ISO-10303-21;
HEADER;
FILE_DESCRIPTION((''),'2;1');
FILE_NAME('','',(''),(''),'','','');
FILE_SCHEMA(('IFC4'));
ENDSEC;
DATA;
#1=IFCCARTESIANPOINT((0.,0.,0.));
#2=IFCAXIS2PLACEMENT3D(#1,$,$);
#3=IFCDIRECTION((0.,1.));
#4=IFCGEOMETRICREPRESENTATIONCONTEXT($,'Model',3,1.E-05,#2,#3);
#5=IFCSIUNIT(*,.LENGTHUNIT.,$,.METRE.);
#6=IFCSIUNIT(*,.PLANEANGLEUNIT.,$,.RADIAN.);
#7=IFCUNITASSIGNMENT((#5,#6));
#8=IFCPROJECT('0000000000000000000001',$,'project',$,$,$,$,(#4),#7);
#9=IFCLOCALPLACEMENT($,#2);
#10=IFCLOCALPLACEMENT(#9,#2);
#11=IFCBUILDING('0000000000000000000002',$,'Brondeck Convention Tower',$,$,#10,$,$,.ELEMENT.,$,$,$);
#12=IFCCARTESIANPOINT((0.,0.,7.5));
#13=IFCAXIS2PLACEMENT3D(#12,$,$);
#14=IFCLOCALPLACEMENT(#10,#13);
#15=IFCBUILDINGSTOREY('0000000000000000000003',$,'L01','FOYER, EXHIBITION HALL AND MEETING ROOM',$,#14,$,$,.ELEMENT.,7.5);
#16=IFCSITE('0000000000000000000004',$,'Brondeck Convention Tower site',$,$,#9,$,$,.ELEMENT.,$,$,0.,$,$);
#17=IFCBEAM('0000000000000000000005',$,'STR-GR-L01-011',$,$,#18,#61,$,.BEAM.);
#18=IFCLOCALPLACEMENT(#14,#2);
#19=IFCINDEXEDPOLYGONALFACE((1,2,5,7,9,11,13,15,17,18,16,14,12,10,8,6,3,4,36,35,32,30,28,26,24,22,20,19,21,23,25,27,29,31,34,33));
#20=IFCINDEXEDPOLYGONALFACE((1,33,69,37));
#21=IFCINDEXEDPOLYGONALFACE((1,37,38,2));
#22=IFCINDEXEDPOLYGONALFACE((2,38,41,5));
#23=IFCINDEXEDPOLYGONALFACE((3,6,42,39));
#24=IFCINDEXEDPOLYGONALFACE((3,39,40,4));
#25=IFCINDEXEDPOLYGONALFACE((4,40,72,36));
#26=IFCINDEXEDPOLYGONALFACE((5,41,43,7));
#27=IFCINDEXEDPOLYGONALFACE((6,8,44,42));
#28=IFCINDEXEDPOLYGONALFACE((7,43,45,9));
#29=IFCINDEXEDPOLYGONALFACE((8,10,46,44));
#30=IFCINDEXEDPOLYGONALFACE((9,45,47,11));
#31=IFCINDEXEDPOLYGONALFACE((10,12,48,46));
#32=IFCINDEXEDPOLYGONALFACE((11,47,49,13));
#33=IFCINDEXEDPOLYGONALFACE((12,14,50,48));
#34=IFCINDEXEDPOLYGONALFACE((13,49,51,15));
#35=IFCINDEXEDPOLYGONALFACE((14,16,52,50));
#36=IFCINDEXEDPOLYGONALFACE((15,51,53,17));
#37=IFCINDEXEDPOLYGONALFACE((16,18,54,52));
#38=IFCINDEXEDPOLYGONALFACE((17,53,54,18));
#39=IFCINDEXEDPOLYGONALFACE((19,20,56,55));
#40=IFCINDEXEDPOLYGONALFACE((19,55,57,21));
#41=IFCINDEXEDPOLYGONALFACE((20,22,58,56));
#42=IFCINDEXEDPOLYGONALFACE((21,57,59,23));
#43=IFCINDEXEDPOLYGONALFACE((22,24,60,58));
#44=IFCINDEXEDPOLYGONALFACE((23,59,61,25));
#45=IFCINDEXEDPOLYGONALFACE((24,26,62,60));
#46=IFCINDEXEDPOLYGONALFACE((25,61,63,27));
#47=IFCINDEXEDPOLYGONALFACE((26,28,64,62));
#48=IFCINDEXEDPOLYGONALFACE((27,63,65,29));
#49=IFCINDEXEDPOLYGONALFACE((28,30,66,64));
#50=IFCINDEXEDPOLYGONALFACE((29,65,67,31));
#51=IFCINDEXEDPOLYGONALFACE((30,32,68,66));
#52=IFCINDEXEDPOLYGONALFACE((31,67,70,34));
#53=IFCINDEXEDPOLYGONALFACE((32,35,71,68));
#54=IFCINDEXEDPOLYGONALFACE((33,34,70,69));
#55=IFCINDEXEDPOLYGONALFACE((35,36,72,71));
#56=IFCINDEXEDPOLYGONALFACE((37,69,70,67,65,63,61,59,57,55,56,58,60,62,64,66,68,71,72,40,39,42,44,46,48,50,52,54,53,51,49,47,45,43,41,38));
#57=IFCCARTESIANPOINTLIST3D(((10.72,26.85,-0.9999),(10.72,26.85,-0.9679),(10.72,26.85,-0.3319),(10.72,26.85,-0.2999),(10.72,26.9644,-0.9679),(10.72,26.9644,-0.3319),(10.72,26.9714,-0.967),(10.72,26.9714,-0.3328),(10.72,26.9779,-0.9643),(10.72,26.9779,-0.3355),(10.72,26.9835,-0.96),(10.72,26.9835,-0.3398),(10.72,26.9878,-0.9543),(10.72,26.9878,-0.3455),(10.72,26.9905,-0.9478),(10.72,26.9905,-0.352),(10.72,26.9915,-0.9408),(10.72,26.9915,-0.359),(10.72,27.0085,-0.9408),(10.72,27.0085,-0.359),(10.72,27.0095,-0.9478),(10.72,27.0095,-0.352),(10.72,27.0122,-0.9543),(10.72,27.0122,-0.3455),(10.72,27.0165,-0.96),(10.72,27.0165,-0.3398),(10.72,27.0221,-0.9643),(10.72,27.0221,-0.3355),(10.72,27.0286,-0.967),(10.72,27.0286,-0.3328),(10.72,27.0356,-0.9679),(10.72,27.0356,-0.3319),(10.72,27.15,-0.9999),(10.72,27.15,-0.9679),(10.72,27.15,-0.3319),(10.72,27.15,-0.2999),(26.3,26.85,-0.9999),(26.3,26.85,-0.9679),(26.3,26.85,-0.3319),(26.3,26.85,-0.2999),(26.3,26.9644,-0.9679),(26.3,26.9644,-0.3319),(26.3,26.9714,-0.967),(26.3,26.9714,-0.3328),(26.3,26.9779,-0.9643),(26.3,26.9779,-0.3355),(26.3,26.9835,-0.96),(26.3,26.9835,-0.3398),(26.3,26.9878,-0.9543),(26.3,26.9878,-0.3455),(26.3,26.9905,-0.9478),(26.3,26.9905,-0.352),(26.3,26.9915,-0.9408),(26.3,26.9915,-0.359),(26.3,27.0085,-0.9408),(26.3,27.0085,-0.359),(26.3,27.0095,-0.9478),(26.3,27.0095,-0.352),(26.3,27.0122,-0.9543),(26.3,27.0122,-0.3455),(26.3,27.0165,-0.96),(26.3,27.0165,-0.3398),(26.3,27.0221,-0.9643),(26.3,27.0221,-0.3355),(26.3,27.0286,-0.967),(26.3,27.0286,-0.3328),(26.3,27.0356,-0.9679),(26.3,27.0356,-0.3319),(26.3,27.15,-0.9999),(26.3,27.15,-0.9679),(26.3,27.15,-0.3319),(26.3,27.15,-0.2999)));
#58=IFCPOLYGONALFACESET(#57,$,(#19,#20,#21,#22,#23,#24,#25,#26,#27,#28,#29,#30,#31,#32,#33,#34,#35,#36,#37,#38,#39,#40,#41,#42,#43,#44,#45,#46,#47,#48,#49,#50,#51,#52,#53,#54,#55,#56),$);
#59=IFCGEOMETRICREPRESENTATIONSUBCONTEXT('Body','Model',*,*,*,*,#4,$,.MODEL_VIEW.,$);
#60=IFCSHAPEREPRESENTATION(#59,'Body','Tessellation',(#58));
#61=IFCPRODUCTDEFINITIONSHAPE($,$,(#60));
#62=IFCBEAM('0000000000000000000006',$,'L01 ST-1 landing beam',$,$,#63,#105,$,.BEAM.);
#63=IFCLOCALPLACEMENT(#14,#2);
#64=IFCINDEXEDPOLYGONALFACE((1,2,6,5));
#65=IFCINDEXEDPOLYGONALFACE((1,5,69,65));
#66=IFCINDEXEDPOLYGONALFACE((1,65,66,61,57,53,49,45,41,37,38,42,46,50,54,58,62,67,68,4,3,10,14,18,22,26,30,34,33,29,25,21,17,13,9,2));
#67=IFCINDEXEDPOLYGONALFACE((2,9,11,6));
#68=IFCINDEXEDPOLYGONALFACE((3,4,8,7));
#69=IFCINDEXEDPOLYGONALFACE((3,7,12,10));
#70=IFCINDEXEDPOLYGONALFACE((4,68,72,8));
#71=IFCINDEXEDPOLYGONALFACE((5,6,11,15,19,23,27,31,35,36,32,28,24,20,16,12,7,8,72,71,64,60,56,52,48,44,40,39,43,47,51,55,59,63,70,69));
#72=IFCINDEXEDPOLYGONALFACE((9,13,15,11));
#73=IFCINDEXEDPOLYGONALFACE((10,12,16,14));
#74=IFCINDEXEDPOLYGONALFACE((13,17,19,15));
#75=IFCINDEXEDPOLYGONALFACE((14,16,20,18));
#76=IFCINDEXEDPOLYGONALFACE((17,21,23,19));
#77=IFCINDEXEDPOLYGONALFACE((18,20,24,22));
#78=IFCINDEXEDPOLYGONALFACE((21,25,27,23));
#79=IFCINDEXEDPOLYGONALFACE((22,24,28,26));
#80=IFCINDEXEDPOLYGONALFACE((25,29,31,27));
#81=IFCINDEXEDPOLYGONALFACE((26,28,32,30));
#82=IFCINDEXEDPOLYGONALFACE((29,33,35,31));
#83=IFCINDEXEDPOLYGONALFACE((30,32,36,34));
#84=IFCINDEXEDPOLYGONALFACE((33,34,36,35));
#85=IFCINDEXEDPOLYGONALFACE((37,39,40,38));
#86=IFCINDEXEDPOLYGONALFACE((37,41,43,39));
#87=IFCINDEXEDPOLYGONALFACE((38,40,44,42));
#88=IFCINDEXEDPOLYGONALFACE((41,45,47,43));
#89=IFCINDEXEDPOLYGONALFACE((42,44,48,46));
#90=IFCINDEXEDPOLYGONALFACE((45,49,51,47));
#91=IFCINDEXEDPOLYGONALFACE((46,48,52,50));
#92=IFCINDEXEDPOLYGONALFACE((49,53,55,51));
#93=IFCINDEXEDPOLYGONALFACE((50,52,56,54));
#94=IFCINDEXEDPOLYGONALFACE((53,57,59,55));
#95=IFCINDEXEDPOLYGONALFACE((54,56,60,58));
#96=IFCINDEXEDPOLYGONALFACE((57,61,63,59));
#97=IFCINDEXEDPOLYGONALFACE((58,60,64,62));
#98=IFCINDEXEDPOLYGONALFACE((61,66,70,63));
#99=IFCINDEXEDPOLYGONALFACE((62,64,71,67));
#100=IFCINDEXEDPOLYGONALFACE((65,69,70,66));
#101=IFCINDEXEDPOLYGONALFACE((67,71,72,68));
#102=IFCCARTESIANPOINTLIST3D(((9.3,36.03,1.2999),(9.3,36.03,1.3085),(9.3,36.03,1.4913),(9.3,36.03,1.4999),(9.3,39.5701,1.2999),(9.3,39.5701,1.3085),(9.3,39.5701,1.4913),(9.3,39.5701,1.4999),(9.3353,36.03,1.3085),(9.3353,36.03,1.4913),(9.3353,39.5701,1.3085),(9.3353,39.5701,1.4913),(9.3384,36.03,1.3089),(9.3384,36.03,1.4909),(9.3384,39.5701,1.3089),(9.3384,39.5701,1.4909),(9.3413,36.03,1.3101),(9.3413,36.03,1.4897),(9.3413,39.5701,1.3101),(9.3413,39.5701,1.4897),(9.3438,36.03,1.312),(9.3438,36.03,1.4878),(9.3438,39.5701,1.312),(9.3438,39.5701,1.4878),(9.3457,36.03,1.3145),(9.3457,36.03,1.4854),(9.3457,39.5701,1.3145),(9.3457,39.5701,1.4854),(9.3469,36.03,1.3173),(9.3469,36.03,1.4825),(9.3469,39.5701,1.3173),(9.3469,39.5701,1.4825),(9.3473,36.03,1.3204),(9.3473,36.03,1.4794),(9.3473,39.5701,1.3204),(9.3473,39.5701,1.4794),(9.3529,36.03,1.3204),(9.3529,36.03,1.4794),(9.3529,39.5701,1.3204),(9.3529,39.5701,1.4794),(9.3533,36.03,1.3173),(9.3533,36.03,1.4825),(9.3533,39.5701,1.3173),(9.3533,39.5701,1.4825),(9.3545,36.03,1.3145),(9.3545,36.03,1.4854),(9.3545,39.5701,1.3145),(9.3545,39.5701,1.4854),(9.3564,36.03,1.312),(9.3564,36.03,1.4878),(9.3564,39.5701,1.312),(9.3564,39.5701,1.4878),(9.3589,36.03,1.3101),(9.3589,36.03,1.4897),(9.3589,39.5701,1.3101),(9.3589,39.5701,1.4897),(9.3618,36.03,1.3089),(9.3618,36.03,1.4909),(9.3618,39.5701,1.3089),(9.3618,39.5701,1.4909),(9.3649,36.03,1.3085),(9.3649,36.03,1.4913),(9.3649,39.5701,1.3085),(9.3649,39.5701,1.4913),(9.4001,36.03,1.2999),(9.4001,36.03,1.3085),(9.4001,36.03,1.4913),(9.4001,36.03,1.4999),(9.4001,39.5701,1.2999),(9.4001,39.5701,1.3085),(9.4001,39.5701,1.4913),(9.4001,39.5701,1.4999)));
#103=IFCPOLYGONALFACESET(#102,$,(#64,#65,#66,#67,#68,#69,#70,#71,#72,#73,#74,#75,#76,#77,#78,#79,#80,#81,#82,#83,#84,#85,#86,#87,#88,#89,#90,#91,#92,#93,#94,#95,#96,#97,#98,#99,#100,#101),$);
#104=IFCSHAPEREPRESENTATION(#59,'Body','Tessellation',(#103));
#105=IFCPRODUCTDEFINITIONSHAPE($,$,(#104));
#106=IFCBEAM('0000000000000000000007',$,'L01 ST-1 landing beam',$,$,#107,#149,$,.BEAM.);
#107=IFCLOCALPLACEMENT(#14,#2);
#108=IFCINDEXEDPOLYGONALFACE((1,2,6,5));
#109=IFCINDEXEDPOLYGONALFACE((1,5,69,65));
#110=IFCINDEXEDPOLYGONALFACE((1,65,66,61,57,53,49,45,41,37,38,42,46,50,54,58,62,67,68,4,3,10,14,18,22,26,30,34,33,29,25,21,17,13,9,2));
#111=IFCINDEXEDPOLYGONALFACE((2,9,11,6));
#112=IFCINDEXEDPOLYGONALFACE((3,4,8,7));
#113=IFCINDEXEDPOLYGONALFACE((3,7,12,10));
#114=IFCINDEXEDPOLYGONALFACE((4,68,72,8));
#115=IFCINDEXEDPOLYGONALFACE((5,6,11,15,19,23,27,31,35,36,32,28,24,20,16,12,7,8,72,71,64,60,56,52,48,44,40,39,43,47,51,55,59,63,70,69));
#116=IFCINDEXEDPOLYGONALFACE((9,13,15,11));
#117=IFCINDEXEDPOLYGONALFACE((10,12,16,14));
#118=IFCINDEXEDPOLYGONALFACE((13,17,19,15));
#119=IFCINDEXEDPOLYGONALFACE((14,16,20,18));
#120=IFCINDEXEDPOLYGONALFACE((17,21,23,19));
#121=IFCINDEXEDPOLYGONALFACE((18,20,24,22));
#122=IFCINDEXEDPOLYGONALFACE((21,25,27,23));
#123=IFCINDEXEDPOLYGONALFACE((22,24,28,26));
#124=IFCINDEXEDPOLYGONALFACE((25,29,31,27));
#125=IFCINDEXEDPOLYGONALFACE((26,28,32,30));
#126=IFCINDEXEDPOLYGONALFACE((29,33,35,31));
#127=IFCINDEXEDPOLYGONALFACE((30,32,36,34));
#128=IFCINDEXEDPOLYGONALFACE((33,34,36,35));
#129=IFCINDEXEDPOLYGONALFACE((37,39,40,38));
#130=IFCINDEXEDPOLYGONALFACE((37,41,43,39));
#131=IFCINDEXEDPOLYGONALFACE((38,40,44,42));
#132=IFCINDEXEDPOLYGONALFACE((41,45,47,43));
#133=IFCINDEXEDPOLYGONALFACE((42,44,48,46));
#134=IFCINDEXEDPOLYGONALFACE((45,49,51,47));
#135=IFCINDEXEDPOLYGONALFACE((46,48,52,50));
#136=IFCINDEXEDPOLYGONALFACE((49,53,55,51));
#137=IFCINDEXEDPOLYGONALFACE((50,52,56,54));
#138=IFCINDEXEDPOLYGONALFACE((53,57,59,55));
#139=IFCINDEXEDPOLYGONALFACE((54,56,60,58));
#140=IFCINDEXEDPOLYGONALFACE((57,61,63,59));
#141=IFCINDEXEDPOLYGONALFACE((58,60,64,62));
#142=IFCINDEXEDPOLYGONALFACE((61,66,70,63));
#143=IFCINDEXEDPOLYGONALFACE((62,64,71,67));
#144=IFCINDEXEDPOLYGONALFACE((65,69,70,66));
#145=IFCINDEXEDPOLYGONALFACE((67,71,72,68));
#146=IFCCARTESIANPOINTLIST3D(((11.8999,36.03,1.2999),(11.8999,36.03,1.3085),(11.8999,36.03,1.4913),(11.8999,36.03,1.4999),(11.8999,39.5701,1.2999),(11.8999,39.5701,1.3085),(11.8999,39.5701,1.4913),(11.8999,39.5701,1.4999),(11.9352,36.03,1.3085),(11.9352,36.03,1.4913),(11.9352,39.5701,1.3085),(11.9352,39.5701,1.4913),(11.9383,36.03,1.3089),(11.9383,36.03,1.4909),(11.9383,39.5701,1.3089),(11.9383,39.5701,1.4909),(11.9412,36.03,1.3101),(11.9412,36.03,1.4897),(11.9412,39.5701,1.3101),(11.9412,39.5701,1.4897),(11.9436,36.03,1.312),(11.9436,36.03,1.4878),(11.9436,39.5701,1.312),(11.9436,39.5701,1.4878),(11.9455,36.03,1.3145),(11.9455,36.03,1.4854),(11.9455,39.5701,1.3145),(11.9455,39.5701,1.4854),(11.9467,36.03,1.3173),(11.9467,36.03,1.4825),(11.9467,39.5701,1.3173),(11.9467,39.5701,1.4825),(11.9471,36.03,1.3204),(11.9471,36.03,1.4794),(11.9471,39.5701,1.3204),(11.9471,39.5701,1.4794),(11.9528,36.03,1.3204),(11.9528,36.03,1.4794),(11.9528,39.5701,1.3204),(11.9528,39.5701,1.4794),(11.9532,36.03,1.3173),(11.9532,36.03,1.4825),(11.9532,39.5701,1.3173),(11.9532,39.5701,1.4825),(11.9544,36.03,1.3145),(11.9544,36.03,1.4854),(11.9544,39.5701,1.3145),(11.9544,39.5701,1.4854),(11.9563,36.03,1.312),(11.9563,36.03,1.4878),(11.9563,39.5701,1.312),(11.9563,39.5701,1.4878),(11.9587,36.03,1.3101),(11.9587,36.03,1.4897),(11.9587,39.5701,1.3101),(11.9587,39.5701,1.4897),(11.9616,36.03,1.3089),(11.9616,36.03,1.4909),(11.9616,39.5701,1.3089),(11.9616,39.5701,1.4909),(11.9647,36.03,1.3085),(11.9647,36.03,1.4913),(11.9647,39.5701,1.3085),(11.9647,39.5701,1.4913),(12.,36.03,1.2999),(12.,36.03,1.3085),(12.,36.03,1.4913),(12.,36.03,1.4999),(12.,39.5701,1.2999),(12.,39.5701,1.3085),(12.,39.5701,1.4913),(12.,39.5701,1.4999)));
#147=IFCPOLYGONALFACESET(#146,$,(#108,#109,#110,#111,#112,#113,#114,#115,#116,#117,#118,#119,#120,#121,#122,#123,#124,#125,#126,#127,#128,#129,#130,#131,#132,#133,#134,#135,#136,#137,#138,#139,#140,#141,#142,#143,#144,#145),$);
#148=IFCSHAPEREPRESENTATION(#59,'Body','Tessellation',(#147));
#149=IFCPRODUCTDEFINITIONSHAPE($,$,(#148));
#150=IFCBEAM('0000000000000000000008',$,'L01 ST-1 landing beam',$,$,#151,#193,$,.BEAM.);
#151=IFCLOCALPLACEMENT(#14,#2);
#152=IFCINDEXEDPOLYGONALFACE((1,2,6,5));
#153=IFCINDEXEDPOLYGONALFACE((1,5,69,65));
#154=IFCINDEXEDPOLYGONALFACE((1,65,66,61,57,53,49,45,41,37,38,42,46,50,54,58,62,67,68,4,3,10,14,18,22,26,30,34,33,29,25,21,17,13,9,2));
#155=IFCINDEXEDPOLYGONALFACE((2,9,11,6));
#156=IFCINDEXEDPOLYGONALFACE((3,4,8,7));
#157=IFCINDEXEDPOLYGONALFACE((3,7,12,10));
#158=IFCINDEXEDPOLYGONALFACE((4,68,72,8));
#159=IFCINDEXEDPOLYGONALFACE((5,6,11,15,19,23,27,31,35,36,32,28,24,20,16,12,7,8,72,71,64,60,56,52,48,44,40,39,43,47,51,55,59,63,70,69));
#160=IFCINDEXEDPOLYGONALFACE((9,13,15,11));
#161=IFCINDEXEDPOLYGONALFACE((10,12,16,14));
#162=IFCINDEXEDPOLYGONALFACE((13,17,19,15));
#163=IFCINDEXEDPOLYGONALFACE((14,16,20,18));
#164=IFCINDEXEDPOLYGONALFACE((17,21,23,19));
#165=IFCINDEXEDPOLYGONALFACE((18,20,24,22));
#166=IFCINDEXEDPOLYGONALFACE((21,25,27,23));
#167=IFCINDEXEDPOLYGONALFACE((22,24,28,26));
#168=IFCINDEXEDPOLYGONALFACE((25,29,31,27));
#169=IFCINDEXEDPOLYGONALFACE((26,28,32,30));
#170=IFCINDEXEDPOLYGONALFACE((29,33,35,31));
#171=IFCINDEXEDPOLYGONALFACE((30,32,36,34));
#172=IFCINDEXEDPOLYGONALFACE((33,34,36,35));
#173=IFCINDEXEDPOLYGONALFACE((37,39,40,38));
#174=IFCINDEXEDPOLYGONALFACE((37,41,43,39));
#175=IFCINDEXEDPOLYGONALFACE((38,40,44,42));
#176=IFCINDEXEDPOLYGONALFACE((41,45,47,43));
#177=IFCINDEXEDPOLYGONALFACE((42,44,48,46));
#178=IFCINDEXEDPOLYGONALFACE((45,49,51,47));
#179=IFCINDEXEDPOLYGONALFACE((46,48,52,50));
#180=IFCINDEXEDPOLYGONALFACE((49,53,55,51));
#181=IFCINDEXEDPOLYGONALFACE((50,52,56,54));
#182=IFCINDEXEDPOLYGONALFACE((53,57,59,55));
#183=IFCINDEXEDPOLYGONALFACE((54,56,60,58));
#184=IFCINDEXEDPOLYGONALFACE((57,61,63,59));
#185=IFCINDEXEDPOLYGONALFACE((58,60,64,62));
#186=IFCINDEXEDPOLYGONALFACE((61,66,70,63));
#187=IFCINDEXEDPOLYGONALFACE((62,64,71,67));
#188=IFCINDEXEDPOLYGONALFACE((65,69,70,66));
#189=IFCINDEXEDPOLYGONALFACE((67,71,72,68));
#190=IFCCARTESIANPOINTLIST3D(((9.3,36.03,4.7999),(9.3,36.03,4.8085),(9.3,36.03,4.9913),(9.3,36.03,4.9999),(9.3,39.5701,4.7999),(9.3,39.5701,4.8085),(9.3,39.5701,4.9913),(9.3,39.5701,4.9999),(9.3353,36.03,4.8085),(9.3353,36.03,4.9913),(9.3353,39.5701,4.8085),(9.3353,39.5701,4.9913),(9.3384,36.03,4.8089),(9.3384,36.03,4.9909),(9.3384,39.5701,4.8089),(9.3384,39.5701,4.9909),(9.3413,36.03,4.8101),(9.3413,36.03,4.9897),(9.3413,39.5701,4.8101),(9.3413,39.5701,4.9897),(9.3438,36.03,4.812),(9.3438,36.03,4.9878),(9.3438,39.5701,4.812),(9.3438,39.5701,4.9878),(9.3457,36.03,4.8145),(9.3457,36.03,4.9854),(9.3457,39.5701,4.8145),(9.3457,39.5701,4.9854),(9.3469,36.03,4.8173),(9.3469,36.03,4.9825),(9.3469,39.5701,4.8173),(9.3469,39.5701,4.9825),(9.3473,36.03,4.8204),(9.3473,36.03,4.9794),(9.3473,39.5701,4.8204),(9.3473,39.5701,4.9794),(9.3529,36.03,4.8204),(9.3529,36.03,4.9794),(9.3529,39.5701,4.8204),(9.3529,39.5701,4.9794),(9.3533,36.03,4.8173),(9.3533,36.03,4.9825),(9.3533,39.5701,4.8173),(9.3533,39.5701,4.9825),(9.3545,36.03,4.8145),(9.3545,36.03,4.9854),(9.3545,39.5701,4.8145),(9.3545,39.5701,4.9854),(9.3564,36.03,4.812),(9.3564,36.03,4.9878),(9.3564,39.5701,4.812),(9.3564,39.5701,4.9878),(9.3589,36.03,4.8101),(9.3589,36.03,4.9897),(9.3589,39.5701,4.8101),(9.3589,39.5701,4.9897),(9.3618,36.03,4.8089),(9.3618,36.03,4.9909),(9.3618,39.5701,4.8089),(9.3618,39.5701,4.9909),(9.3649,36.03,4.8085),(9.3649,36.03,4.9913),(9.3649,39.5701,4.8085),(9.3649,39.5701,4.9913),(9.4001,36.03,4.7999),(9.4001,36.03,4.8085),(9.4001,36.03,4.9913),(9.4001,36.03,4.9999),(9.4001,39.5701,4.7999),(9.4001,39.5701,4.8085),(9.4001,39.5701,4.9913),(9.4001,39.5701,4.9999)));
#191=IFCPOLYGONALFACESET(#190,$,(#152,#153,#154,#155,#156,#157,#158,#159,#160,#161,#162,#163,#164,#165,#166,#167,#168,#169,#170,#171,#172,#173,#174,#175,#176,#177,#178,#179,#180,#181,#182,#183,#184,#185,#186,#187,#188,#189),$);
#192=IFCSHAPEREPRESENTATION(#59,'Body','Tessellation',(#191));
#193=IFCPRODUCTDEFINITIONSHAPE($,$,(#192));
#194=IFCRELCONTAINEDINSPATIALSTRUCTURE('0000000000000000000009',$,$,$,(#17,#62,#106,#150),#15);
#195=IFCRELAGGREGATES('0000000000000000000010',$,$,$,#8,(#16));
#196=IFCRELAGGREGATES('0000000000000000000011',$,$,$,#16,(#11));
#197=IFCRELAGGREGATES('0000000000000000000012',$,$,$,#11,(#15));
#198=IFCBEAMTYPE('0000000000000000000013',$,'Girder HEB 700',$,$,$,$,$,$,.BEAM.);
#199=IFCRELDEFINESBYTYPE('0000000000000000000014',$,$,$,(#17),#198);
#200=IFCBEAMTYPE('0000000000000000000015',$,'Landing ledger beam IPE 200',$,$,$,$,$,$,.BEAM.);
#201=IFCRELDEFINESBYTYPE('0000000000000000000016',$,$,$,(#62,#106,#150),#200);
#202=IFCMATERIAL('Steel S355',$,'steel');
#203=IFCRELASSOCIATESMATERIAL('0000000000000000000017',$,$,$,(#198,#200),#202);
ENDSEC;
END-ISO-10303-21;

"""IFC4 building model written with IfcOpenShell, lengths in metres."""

from ifc_helpers import new_model, si_unit, direction, frame, origin, origin_2d, place, context, subcontext, project, spatial, i_section, extrude, material, material_profile, profile_set, type_object, element, save


model = new_model("IFC4")

# Units and contexts
model_context = context("Model", 3, precision=1e-05, world=origin(), true_north=direction((0.0, 1.0)))
body_context = subcontext(model_context, "Body", "Model", "MODEL_VIEW")
ifc_project = project(units=[si_unit("LENGTHUNIT", "METRE"), si_unit("PLANEANGLEUNIT", "RADIAN")], contexts=[model_context])

# Site, building, storey
site_placement = place(None, origin())
site = spatial("IfcSite", under=ifc_project, at=site_placement, Name="Brondeck Convention Tower site", CompositionType="ELEMENT", RefElevation=0.0)
building_placement = place(site_placement, origin())
building = spatial("IfcBuilding", under=site, at=building_placement, Name="Brondeck Convention Tower", CompositionType="ELEMENT")
storey_placement = place(building_placement, frame((0.0, 0.0, 7.5)))
storey = spatial("IfcBuildingStorey", under=building, at=storey_placement, Name="L01", Description="FOYER, EXHIBITION HALL AND MEETING ROOM", CompositionType="ELEMENT", Elevation=7.5)

# Beams
ifc_material_1 = material(Name="Steel S355", Category="steel")
ifc_material_profile_1 = material_profile(ifc_material_1, i_section(OverallWidth=0.3, OverallDepth=0.7, WebThickness=0.0171, FlangeThickness=0.032, FilletRadius=0.0271, at=origin_2d()), Name="HEB 700")
ifc_profile_set_1 = profile_set([ifc_material_profile_1], Name="Steel S355")
beam_type_1 = type_object("IfcBeamType", Name="Girder HEB 700", PredefinedType="BEAM", material=ifc_profile_set_1)
beam_placement = place(storey_placement, frame((10.72, 27.0, -0.6499), z_axis=(1.0, 0.0, 0.0), x_axis=(0.0, 1.0, 0.0)))
element("IfcBeam", 1, at=beam_placement, inside=storey, type_object=beam_type_1, Name="STR-GR-L01-011", PredefinedType="BEAM", context=body_context, shape_type="SweptSolid", body=[
    extrude(i_section(OverallWidth=0.3, OverallDepth=0.7, WebThickness=0.0171, FlangeThickness=0.032, FilletRadius=0.0271, at=origin_2d()), origin(), (0.0, 0.0, 1.0), 15.5801),
])
ifc_material_profile_2 = material_profile(ifc_material_1, i_section(OverallWidth=0.1001, OverallDepth=0.2, WebThickness=0.0056, FlangeThickness=0.0085, FilletRadius=0.012, at=origin_2d()), Name="IPE200")
ifc_profile_set_2 = profile_set([ifc_material_profile_2], Name="Steel S355")
beam_type_2 = type_object("IfcBeamType", Name="Landing ledger beam IPE 200", PredefinedType="BEAM", material=ifc_profile_set_2)
for number, where, z_axis, x_axis, name in (
    (2, (9.3501, 36.03, 1.3999), (0.0, 1.0, 0.0), (-1.0, 0.0, 0.0), "L01 ST-1 landing beam"),
    (3, (11.95, 36.03, 1.3999), (0.0, 1.0, 0.0), (-1.0, 0.0, 0.0), "L01 ST-1 landing beam"),
    (4, (9.3501, 36.03, 4.8999), (0.0, 1.0, 0.0), (-1.0, 0.0, 0.0), "L01 ST-1 landing beam"),
):
    element("IfcBeam", number, at=place(storey_placement, frame(where, z_axis=z_axis, x_axis=x_axis)), inside=storey, type_object=beam_type_2, Name=name, PredefinedType="BEAM", context=body_context, shape_type="SweptSolid", body=[
        extrude(i_section(OverallWidth=0.1001, OverallDepth=0.2, WebThickness=0.0056, FlangeThickness=0.0085, FilletRadius=0.012, at=origin_2d()), origin(), (0.0, 0.0, 1.0), 3.54),
    ])

save(model, "model.ifc")
